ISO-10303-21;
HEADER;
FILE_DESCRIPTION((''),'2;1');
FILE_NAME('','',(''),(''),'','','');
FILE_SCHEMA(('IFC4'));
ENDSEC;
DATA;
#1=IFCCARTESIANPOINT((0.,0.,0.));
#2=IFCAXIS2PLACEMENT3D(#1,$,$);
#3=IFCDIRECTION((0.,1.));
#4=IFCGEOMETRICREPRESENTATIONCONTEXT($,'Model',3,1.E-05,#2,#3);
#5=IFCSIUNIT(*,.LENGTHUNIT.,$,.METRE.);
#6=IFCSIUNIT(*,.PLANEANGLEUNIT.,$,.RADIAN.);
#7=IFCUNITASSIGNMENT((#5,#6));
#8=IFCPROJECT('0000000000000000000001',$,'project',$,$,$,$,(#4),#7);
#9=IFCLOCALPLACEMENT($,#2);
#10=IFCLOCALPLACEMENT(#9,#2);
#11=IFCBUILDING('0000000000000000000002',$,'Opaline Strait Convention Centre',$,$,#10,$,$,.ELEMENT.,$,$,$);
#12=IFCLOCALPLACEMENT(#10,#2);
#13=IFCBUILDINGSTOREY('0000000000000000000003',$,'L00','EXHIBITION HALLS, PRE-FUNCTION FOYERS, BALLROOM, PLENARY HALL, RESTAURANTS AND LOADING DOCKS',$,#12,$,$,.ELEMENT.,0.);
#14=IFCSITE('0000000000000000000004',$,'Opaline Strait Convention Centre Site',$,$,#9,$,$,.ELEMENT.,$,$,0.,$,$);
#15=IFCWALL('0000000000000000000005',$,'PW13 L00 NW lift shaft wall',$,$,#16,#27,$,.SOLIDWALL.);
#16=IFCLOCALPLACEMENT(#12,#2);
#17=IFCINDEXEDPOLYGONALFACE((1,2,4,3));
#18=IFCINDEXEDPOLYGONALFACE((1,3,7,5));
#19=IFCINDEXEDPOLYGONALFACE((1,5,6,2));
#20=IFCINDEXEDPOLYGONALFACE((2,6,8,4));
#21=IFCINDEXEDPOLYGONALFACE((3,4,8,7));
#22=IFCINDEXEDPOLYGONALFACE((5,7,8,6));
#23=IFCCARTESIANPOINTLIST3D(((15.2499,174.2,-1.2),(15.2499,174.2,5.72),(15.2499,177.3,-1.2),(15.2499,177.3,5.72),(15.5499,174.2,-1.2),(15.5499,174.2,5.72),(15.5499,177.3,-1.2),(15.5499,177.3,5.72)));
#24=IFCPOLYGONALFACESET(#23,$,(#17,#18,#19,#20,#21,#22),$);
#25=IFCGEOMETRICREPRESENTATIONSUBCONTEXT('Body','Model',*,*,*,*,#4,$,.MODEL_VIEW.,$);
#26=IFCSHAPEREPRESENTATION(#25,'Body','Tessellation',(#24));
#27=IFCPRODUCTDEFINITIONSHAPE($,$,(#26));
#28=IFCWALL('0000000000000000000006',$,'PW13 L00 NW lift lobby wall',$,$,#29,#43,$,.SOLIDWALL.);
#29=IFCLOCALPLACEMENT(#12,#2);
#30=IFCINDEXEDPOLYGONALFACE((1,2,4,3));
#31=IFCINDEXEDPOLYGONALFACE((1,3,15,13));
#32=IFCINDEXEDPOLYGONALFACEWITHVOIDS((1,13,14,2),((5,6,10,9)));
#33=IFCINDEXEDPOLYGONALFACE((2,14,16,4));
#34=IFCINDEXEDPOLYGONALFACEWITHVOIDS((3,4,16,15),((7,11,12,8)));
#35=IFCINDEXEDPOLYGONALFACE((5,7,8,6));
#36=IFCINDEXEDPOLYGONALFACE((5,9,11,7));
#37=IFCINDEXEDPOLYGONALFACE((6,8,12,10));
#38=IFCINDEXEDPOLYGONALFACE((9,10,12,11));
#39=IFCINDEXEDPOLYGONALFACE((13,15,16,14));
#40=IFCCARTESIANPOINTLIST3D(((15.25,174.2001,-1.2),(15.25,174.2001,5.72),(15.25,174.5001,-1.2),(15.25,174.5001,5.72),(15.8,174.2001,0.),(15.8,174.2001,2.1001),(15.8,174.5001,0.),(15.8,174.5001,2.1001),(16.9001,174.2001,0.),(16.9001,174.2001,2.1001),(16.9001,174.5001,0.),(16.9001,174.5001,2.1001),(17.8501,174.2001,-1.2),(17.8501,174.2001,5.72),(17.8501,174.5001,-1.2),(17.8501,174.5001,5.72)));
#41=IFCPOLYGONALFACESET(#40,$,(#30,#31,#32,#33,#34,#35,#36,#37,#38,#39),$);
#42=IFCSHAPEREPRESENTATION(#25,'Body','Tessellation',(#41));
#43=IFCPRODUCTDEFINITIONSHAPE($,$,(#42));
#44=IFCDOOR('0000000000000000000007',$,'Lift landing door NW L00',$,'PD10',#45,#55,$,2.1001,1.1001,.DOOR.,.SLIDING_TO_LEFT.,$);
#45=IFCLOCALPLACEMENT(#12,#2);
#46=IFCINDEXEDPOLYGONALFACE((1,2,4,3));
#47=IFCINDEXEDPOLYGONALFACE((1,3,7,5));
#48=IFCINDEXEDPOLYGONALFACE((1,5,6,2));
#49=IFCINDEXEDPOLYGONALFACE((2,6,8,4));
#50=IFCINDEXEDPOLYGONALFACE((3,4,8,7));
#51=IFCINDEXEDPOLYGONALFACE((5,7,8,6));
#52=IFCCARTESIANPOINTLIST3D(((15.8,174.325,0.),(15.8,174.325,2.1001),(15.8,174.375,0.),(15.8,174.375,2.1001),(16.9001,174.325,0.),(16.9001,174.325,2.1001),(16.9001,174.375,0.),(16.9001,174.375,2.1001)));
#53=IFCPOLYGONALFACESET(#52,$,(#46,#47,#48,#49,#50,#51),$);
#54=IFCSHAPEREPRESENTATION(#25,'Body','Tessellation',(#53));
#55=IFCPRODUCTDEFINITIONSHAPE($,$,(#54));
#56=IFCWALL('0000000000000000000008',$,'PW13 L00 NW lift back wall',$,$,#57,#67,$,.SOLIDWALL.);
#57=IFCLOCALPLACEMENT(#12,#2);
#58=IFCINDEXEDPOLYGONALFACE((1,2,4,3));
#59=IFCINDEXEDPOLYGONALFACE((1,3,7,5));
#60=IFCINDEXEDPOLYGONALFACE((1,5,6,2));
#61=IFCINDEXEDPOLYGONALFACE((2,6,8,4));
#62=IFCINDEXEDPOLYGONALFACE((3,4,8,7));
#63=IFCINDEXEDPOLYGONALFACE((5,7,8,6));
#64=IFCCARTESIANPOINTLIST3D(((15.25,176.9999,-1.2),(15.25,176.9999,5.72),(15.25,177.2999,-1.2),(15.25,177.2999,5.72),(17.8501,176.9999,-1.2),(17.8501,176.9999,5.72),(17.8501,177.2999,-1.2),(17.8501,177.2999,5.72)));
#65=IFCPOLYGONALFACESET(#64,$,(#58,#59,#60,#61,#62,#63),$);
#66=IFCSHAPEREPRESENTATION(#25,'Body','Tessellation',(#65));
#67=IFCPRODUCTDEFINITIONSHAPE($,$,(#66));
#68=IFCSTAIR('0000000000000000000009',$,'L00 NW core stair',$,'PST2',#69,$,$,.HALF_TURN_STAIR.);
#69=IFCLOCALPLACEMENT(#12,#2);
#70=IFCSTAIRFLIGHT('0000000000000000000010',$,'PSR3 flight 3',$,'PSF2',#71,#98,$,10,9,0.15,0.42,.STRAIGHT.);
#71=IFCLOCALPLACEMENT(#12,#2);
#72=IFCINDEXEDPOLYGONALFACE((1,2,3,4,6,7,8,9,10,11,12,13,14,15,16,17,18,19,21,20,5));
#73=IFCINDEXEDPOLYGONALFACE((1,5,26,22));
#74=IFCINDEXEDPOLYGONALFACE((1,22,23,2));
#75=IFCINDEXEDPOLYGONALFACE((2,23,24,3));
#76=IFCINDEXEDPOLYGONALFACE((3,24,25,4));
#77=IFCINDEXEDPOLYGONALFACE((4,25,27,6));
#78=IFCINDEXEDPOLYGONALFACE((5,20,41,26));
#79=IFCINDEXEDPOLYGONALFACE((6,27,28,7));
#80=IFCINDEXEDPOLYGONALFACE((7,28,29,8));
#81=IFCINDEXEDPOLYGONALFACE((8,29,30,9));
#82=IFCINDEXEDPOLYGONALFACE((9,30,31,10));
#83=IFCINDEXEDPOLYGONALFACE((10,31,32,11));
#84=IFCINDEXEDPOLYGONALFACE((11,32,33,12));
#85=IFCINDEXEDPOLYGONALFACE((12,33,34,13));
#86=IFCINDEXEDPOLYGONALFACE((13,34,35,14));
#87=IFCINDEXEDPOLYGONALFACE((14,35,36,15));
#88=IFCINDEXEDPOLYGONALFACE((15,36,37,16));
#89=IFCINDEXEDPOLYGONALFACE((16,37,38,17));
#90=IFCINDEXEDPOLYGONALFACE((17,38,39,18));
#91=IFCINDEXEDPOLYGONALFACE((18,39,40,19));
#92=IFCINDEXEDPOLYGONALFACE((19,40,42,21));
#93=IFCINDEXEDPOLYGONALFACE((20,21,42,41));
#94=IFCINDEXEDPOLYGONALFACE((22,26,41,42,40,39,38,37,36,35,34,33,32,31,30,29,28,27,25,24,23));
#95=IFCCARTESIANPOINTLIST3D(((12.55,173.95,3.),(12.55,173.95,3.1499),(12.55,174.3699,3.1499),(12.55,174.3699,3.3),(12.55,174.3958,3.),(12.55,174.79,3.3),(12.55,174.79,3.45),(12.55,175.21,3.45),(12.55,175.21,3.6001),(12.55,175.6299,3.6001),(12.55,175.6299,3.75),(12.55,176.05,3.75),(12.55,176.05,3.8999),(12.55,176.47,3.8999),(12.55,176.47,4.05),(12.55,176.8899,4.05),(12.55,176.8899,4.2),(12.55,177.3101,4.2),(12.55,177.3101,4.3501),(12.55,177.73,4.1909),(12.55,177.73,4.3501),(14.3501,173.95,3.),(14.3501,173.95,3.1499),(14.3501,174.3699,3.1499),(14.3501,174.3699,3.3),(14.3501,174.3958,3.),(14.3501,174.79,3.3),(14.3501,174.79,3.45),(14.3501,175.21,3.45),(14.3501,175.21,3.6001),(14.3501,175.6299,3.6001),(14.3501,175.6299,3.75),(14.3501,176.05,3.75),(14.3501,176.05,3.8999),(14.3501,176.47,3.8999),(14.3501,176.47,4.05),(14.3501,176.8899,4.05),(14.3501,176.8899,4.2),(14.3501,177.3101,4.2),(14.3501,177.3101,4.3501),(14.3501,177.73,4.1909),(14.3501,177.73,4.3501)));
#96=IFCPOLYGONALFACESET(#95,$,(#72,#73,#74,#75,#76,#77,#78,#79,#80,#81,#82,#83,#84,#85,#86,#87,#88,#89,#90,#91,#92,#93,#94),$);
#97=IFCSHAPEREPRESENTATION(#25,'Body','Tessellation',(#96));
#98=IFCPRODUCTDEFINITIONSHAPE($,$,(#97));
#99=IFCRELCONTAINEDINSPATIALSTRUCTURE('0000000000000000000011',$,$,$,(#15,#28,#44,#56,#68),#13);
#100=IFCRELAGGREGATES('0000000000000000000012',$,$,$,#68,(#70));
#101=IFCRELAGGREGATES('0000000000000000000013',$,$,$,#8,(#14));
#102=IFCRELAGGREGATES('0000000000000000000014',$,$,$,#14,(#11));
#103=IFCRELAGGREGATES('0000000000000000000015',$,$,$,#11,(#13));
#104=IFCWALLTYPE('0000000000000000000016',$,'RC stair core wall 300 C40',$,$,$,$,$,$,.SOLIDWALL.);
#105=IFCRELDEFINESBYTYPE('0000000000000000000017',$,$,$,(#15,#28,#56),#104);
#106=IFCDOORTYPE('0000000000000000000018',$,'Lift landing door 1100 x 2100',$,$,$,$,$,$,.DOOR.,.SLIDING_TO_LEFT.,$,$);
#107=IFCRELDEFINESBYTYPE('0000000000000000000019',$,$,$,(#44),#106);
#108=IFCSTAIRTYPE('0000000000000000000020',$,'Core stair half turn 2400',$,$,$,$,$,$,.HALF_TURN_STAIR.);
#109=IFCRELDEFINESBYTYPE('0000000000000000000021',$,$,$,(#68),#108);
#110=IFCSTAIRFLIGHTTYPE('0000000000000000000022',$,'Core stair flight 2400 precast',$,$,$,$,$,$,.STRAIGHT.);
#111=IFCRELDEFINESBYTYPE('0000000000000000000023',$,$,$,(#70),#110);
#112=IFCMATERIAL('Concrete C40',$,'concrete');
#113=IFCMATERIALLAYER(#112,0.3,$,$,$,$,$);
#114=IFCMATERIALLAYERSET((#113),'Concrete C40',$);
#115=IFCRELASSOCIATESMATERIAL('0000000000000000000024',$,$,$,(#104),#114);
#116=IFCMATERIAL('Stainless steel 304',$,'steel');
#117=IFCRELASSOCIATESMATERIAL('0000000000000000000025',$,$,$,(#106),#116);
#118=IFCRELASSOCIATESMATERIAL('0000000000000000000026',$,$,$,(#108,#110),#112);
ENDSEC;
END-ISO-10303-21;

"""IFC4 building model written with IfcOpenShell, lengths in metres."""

from ifc_helpers import new_model, si_unit, direction, frame, frame_2d, origin, place, context, subcontext, project, spatial, polyline, rectangle, outline, extrude, material, layer, layer_set, type_object, element, fill, aggregate, save


model = new_model("IFC4")

# Units and contexts
model_context = context("Model", 3, precision=1e-05, world=origin(), true_north=direction((0.0, 1.0)))
body_context = subcontext(model_context, "Body", "Model", "MODEL_VIEW")
ifc_project = project(units=[si_unit("LENGTHUNIT", "METRE"), si_unit("PLANEANGLEUNIT", "RADIAN")], contexts=[model_context])

# Site, building, storey
site_placement = place(None, origin())
site = spatial("IfcSite", under=ifc_project, at=site_placement, Name="Opaline Strait Convention Centre Site", CompositionType="ELEMENT", RefElevation=0.0)
building_placement = place(site_placement, origin())
building = spatial("IfcBuilding", under=site, at=building_placement, Name="Opaline Strait Convention Centre", CompositionType="ELEMENT")
storey_placement = place(building_placement, origin())
storey = spatial("IfcBuildingStorey", under=building, at=storey_placement, Name="L00", Description="EXHIBITION HALLS, PRE-FUNCTION FOYERS, BALLROOM, PLENARY HALL, RESTAURANTS AND LOADING DOCKS", CompositionType="ELEMENT", Elevation=0.0)

# Shared definitions
ifc_material_1 = material(Name="Concrete C40", Category="concrete")

# Shared definitions
ifc_layer_1 = layer(ifc_material_1, 0.3)
ifc_layer_set_1 = layer_set([ifc_layer_1], Name="Concrete C40")
wall_type = type_object("IfcWallType", Name="RC stair core wall 300 C40", PredefinedType="SOLIDWALL", material=ifc_layer_set_1)

# Wall
wall_1_placement = place(storey_placement, frame((15.3999, 174.2, -1.2), z_axis=(0.0, 0.0, 1.0), x_axis=(0.0, 1.0, 0.0)))
element("IfcWall", 1, at=wall_1_placement, inside=storey, type_object=wall_type, Name="PW13 L00 NW lift shaft wall", PredefinedType="SOLIDWALL", context=body_context, shape_type="SweptSolid", body=[
    extrude(rectangle(XDim=3.1001, YDim=0.3, at=frame_2d((1.55, 0.0))), origin(), (0.0, 0.0, 1.0), 6.9199),
])

# Wall, opening, door
wall_2_placement = place(storey_placement, frame((15.25, 174.3501, -1.2), z_axis=(0.0, 0.0, 1.0), x_axis=(1.0, 0.0, 0.0)))
wall_2 = element("IfcWall", 2, at=wall_2_placement, inside=storey, type_object=wall_type, Name="PW13 L00 NW lift lobby wall", PredefinedType="SOLIDWALL", context=body_context, shape_type="SweptSolid", body=[
    extrude(rectangle(XDim=2.6001, YDim=0.3, at=frame_2d((1.3, 0.0))), origin(), (0.0, 0.0, 1.0), 6.9199),
])
opening_1_placement = place(wall_2_placement, frame((0.55, 0.0, 1.2)))
opening_1 = element("IfcOpeningElement", 3, at=opening_1_placement, cuts=wall_2, PredefinedType="OPENING", context=body_context, shape_type="SweptSolid", body=[
    extrude(rectangle(XDim=1.1001, YDim=2.1001, at=frame_2d((0.55, 1.05))), frame((0.0, 0.1599, 0.0), z_axis=(0.0, -1.0, 0.0), x_axis=(1.0, 0.0, 0.0)), (0.0, 0.0, 1.0), 0.3201),
])
ifc_material_2 = material(Name="Stainless steel 304", Category="steel")
door_type_1 = type_object("IfcDoorType", Name="Lift landing door 1100 x 2100", OperationType="SLIDING_TO_LEFT", PredefinedType="DOOR", material=ifc_material_2)
door_1_placement = place(opening_1_placement, origin())
door_1 = element("IfcDoor", 4, at=door_1_placement, inside=storey, type_object=door_type_1, Name="Lift landing door NW L00", ObjectType="PD10", OperationType="SLIDING_TO_LEFT", OverallHeight=2.1001, OverallWidth=1.1001, PredefinedType="DOOR", context=body_context, shape_type="SweptSolid", body=[
    extrude(rectangle(XDim=1.1001, YDim=2.1001, at=frame_2d((0.55, 1.05))), frame((0.0, 0.0249, 0.0), z_axis=(0.0, -1.0, 0.0), x_axis=(1.0, 0.0, 0.0)), (0.0, 0.0, 1.0), 0.05),
])
fill(opening_1, door_1)

# Wall
wall_3_placement = place(storey_placement, frame((15.25, 177.1499, -1.2), z_axis=(0.0, 0.0, 1.0), x_axis=(1.0, 0.0, 0.0)))
element("IfcWall", 5, at=wall_3_placement, inside=storey, type_object=wall_type, Name="PW13 L00 NW lift back wall", PredefinedType="SOLIDWALL", context=body_context, shape_type="SweptSolid", body=[
    extrude(rectangle(XDim=2.6001, YDim=0.3, at=frame_2d((1.3, 0.0))), origin(), (0.0, 0.0, 1.0), 6.9199),
])

# Stair, stair flight
stair_type = type_object("IfcStairType", Name="Core stair half turn 2400", PredefinedType="HALF_TURN_STAIR", material=ifc_material_1)
stair_placement = place(storey_placement, origin())
stair = element("IfcStair", 6, at=stair_placement, inside=storey, type_object=stair_type, Name="L00 NW core stair", ObjectType="PST2", PredefinedType="HALF_TURN_STAIR")
stair_flight_type = type_object("IfcStairFlightType", Name="Core stair flight 2400 precast", PredefinedType="STRAIGHT", material=ifc_material_1)
stair_flight_placement = place(storey_placement, frame((13.45, 173.95, 3.0), z_axis=(0.0, 0.0, 1.0), x_axis=(0.0, 1.0, 0.0)))
stair_flight = element("IfcStairFlight", 7, at=stair_flight_placement, type_object=stair_flight_type, Name="PSR3 flight 3", ObjectType="PSF2", NumberOfRisers=10, NumberOfTreads=9, PredefinedType="STRAIGHT", RiserHeight=0.15, TreadLength=0.42, context=body_context, shape_type="SweptSolid", body=[
    extrude(outline(polyline([(0.0, 0.0), (0.0, 0.1499), (0.4199, 0.1499), (0.4199, 0.3), (0.8401, 0.3), (0.8401, 0.45), (1.26, 0.45), (1.26, 0.6001), (1.6799, 0.6001), (1.6799, 0.75), (2.1001, 0.75), (2.1001, 0.8999), (2.52, 0.8999), (2.52, 1.05), (2.9399, 1.05), (2.9399, 1.2), (3.3601, 1.2), (3.3601, 1.3501), (3.78, 1.3501), (3.78, 1.5), (3.78, 1.1909), (0.4458, 0.0), (0.0, 0.0)])), frame((0.0, 0.8999, 0.0), z_axis=(0.0, -1.0, 0.0), x_axis=(1.0, 0.0, 0.0)), (0.0, 0.0, 1.0), 1.8),
])
aggregate(stair, [stair_flight])

save(model, "model.ifc")
